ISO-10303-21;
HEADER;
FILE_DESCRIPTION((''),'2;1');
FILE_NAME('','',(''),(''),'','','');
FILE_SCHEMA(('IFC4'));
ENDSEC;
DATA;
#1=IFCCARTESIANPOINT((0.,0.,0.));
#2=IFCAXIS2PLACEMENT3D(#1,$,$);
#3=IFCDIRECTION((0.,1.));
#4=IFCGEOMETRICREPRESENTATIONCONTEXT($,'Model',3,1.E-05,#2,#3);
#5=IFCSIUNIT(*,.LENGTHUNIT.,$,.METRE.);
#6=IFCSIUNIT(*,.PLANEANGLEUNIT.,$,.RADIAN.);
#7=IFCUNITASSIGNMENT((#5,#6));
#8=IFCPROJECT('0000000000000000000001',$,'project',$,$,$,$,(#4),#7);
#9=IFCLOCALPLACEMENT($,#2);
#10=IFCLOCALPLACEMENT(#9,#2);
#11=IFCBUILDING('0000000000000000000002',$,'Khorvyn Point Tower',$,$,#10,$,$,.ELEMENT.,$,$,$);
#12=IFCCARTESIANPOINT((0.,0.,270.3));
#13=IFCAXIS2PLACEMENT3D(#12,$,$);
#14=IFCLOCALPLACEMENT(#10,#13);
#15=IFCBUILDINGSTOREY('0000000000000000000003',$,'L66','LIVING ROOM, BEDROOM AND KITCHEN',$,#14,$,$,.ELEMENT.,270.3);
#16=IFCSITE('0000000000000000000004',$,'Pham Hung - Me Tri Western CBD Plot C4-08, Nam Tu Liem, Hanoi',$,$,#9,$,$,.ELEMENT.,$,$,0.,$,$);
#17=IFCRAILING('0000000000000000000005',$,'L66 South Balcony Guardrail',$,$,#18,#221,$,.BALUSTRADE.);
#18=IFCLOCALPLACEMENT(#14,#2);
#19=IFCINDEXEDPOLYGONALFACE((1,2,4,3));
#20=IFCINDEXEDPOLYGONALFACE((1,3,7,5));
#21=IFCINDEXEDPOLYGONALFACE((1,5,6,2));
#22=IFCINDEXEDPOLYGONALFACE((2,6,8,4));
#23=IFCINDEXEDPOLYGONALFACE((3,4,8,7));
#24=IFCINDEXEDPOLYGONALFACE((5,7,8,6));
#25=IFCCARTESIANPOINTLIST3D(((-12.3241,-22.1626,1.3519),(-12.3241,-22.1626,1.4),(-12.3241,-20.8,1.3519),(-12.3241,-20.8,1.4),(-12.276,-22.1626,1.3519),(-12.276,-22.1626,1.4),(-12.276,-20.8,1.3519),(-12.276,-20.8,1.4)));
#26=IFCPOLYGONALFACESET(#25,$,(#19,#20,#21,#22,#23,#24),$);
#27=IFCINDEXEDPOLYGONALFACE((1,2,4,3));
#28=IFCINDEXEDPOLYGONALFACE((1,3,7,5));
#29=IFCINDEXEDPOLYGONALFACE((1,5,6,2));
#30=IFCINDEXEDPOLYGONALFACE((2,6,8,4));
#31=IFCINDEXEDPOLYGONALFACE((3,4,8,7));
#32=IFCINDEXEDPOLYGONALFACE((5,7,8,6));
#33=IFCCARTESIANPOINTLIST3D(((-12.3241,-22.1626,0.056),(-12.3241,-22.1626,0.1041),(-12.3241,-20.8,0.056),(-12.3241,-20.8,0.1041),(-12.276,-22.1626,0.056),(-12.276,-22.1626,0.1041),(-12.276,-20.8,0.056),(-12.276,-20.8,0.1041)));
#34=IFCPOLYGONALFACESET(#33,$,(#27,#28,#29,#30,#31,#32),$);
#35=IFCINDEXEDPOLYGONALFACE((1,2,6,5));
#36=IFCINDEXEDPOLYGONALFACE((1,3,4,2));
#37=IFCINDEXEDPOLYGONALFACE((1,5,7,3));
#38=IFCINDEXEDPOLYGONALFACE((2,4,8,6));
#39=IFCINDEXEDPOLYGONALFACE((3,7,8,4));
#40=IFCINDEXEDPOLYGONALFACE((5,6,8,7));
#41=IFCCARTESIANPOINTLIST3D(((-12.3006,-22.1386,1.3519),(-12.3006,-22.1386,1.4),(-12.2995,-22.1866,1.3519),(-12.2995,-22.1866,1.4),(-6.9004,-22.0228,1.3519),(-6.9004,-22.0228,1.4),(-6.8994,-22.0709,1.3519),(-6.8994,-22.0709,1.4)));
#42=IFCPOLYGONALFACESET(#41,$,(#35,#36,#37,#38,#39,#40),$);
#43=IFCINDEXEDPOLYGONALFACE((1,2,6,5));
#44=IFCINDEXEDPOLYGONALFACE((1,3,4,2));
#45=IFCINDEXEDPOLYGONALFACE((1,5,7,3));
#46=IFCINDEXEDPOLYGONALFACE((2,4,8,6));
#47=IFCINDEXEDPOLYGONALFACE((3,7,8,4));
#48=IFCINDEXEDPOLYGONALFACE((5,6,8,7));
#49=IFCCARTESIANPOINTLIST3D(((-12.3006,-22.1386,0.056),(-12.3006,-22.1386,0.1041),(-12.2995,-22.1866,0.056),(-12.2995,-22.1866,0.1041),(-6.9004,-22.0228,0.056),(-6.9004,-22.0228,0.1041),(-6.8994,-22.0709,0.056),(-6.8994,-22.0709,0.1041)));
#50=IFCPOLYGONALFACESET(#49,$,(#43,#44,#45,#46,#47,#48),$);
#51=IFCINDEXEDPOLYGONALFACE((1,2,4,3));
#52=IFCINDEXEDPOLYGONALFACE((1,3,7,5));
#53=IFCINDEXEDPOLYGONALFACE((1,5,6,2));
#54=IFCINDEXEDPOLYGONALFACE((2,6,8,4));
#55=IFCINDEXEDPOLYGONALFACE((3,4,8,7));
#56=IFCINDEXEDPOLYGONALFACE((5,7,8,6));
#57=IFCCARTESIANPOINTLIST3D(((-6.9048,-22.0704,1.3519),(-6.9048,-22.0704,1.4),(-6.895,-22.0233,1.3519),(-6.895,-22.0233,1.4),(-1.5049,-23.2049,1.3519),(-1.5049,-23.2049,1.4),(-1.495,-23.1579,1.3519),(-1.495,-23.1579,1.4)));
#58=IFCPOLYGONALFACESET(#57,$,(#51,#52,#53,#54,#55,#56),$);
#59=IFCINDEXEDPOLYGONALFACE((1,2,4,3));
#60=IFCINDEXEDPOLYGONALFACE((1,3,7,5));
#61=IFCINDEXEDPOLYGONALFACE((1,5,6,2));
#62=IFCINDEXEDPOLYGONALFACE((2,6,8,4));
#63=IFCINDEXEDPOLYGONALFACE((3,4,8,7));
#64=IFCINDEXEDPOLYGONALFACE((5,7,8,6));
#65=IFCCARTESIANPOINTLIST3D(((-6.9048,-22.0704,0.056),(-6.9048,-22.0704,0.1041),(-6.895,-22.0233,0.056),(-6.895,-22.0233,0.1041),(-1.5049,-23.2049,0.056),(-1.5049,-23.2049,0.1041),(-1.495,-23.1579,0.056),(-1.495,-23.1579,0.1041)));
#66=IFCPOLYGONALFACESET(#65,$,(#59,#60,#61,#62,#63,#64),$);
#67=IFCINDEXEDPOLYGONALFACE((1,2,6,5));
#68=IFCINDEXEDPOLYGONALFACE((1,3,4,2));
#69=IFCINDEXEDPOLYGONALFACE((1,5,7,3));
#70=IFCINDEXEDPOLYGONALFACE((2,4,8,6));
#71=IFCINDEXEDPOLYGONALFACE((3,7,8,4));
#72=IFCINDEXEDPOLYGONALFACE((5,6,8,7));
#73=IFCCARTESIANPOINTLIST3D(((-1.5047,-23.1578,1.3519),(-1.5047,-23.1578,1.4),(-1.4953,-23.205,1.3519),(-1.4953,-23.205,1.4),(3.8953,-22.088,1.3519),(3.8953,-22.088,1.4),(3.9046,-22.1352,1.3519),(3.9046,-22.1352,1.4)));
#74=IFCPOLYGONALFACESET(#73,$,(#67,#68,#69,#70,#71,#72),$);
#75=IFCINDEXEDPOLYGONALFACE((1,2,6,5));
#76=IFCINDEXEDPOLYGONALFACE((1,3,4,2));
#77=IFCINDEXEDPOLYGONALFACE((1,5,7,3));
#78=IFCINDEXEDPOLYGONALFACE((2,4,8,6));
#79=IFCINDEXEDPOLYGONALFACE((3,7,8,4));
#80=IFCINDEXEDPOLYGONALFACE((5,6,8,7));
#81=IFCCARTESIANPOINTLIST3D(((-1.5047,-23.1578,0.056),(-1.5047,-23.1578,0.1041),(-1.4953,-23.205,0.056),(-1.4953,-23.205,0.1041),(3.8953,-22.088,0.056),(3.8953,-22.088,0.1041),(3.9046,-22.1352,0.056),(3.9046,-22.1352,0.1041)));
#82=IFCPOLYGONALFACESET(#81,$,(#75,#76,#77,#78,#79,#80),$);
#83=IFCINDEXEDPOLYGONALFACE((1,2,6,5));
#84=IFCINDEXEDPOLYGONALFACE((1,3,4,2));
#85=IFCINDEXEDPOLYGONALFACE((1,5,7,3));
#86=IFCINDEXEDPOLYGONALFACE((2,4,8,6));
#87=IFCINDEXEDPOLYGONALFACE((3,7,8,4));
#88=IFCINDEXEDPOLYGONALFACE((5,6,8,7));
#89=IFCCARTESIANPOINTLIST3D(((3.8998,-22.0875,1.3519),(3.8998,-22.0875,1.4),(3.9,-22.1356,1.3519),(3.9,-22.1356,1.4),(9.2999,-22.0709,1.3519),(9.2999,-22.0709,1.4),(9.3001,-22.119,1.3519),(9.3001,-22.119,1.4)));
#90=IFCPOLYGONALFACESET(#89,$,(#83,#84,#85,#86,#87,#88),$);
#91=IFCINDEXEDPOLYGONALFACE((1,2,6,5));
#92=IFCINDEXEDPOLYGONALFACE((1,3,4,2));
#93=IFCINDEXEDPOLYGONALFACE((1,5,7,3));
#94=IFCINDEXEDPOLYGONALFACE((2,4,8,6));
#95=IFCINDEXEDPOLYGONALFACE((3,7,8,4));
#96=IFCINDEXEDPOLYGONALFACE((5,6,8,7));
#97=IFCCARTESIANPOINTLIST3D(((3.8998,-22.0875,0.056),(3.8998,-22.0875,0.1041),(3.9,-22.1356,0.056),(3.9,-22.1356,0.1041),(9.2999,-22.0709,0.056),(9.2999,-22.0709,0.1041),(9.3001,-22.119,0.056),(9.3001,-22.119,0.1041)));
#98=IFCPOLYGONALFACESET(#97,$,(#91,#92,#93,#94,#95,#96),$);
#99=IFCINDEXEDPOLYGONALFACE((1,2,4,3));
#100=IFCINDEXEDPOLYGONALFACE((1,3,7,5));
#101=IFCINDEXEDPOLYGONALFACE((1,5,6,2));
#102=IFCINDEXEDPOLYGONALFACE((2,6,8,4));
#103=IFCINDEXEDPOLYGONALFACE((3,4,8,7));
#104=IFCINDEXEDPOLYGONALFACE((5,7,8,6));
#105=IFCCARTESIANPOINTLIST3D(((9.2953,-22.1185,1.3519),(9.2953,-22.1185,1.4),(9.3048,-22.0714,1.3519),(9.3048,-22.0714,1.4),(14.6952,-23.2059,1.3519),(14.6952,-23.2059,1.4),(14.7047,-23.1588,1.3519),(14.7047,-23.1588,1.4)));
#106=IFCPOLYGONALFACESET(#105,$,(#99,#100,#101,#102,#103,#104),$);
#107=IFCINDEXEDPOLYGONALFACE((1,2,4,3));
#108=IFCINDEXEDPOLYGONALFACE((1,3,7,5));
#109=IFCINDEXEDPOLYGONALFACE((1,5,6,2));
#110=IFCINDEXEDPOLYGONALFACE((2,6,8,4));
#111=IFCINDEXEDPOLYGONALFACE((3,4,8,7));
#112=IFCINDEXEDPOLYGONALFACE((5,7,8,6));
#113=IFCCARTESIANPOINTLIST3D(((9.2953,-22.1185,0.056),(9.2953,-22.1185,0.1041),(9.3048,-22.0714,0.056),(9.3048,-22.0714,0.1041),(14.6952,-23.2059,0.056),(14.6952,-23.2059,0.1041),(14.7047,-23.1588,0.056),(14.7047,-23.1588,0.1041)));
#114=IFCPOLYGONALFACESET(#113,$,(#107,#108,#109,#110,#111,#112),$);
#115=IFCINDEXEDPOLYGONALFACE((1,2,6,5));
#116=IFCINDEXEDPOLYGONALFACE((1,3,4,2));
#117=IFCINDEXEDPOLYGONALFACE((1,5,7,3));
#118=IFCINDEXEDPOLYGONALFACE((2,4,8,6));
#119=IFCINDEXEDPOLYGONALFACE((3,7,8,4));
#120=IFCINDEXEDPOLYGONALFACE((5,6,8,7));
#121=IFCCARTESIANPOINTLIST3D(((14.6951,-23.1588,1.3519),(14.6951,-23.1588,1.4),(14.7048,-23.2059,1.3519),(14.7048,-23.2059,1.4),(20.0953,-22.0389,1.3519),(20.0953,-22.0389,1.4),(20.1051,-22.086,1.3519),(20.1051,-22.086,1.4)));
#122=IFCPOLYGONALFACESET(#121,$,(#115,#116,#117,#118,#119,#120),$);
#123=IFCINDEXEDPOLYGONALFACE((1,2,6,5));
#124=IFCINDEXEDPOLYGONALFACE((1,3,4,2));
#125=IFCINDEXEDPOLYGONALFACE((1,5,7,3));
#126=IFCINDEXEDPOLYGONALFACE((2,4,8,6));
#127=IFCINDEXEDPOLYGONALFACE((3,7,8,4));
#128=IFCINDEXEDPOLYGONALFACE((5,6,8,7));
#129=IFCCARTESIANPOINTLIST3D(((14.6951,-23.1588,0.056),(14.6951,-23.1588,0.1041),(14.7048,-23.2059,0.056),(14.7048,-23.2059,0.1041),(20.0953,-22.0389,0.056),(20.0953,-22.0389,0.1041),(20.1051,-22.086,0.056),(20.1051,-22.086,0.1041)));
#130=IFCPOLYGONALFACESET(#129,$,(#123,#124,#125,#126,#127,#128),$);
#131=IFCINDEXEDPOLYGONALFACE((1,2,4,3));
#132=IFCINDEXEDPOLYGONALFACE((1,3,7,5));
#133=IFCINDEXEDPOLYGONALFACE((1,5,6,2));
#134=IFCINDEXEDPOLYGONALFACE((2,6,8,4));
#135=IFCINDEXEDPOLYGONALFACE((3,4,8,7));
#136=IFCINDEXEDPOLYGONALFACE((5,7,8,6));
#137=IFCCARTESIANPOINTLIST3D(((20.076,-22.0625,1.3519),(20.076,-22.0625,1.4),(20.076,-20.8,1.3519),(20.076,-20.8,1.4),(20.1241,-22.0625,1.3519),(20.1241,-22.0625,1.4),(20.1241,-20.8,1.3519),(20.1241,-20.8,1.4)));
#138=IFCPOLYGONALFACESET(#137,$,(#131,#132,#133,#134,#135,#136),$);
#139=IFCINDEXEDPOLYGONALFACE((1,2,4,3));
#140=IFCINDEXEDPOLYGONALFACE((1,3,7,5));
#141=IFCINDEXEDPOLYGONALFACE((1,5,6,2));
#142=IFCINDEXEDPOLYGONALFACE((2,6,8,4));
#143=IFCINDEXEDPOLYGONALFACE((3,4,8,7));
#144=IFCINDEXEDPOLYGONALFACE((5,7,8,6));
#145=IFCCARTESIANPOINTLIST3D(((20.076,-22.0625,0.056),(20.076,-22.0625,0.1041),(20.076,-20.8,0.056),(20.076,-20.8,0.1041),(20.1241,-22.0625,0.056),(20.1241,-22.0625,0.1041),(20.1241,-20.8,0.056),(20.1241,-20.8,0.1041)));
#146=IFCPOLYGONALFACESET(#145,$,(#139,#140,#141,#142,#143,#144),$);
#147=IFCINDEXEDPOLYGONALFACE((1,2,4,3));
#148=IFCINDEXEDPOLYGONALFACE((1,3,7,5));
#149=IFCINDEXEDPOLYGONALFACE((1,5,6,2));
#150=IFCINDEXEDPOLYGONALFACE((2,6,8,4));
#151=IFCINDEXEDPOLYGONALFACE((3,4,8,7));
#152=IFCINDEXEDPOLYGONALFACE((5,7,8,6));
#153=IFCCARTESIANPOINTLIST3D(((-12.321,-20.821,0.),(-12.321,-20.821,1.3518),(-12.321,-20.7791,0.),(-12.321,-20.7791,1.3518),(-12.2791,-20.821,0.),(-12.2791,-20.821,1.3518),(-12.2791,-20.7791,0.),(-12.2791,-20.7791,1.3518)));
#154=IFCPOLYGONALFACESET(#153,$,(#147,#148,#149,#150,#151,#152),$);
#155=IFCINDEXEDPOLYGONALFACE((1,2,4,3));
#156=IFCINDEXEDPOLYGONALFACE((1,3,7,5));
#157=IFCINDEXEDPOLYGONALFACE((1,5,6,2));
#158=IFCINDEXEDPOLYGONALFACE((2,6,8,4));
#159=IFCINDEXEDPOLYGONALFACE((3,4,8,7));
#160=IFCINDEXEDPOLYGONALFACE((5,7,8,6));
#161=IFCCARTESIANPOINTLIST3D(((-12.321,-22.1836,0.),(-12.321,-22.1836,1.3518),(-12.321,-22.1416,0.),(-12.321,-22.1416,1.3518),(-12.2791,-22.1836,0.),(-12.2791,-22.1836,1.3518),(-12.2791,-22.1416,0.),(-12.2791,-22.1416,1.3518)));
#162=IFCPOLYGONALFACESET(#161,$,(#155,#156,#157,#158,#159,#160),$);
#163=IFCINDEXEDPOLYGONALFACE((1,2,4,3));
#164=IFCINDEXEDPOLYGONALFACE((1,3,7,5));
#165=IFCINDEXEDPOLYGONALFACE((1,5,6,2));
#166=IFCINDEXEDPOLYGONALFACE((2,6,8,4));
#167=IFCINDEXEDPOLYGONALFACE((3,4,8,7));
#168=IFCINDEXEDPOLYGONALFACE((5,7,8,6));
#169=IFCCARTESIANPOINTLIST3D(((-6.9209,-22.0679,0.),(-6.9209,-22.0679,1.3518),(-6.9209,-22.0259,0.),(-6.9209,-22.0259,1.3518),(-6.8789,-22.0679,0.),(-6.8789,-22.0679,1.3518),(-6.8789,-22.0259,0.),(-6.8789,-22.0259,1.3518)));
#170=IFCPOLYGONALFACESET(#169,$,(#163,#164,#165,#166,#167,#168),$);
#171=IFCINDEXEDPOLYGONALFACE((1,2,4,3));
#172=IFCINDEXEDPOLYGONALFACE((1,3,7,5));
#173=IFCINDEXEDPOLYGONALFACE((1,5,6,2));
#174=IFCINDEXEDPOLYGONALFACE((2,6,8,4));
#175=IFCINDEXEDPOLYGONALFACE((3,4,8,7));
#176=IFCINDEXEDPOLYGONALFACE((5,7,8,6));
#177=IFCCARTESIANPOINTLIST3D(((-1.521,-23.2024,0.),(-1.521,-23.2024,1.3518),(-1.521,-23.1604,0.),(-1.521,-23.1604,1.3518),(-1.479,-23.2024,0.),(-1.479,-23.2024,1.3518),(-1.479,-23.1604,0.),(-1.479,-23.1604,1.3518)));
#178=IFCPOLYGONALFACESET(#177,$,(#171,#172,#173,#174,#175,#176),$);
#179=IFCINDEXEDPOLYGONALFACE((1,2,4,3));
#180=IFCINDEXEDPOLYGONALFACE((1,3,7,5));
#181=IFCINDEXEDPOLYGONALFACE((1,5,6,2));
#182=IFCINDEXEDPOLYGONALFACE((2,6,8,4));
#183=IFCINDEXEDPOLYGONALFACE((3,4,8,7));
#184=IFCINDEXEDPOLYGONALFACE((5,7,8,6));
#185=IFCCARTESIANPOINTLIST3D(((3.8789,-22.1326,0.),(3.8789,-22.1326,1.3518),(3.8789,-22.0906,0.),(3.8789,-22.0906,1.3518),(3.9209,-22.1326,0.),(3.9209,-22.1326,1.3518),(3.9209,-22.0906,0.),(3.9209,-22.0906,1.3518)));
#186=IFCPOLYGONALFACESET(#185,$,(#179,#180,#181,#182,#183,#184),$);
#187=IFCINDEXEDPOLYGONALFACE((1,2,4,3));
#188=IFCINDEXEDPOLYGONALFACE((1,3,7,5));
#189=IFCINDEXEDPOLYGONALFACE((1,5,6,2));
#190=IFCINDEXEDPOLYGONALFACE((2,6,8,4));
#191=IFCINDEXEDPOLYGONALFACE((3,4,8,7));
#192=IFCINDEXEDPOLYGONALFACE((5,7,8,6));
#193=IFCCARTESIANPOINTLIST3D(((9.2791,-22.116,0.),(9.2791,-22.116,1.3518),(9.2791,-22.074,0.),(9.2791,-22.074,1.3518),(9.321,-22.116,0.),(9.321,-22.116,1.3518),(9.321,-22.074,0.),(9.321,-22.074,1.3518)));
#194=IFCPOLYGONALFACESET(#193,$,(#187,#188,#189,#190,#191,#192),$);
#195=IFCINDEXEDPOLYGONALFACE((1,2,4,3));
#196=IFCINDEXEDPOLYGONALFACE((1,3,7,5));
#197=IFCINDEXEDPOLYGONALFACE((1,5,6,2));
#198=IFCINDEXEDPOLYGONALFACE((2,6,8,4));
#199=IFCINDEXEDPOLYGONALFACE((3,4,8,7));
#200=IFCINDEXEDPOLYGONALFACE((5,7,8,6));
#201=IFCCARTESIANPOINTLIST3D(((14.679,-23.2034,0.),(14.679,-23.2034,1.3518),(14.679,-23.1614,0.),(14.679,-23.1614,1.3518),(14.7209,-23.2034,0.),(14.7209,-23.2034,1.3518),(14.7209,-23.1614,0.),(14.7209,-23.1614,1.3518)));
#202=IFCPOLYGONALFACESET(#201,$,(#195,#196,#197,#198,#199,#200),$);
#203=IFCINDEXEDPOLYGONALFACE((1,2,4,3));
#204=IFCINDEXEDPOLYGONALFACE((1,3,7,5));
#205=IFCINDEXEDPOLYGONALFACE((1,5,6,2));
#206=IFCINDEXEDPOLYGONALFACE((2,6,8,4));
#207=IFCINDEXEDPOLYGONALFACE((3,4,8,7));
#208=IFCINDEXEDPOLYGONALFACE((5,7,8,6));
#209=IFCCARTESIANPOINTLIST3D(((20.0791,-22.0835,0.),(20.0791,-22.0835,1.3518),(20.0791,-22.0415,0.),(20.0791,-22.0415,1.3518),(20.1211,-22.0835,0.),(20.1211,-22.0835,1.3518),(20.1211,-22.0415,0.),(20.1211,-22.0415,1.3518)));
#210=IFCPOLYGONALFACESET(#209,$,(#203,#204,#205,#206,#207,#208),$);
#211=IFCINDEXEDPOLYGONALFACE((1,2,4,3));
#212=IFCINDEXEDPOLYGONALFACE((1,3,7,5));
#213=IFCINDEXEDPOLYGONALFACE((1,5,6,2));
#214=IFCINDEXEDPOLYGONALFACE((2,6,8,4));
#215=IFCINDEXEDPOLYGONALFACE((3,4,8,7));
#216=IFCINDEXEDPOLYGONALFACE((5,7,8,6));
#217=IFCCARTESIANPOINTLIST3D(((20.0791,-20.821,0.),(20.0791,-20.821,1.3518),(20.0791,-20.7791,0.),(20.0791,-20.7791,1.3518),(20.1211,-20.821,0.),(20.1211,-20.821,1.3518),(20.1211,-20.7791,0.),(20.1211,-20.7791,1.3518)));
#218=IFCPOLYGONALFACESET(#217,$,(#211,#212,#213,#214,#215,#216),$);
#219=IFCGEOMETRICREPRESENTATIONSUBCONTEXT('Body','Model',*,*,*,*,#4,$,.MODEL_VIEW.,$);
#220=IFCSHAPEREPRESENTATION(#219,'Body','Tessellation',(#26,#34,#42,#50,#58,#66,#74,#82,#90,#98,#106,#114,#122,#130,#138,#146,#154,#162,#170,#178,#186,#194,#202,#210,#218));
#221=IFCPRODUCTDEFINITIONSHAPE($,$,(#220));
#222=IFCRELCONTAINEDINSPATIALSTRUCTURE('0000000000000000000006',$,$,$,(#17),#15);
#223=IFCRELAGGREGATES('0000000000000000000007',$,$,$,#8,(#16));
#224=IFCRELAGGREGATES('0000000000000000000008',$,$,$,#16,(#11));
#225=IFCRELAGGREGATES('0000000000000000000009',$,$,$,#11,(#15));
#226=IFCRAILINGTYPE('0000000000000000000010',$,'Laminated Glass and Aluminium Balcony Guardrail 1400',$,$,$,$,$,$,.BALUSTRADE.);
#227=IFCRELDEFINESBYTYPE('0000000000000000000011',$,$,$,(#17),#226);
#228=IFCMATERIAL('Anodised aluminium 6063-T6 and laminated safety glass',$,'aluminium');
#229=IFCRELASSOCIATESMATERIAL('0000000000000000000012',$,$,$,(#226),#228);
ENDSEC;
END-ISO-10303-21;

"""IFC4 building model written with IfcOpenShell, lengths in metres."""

from ifc_helpers import new_model, si_unit, direction, frame, origin, origin_2d, place, context, subcontext, project, spatial, rectangle, extrude, material, type_object, element, save


model = new_model("IFC4")

# Units and contexts
model_context = context("Model", 3, precision=1e-05, world=origin(), true_north=direction((0.0, 1.0)))
body_context = subcontext(model_context, "Body", "Model", "MODEL_VIEW")
ifc_project = project(units=[si_unit("LENGTHUNIT", "METRE"), si_unit("PLANEANGLEUNIT", "RADIAN")], contexts=[model_context])

# Site, building, storey
site_placement = place(None, origin())
site = spatial("IfcSite", under=ifc_project, at=site_placement, Name="Pham Hung - Me Tri Western CBD Plot C4-08, Nam Tu Liem, Hanoi", CompositionType="ELEMENT", RefElevation=0.0)
building_placement = place(site_placement, origin())
building = spatial("IfcBuilding", under=site, at=building_placement, Name="Khorvyn Point Tower", CompositionType="ELEMENT")
storey_placement = place(building_placement, frame((0.0, 0.0, 270.3)))
storey = spatial("IfcBuildingStorey", under=building, at=storey_placement, Name="L66", Description="LIVING ROOM, BEDROOM AND KITCHEN", CompositionType="ELEMENT", Elevation=270.3)

# Railing
ifc_material_1 = material(Name="Anodised aluminium 6063-T6 and laminated safety glass", Category="aluminium")
railing_type = type_object("IfcRailingType", Name="Laminated Glass and Aluminium Balcony Guardrail 1400", PredefinedType="BALUSTRADE", material=ifc_material_1)
railing_placement = place(storey_placement, frame((-12.3, -20.8, 0.0)))
element("IfcRailing", 1, at=railing_placement, inside=storey, type_object=railing_type, Name="L66 South Balcony Guardrail", PredefinedType="BALUSTRADE", context=body_context, shape_type="SweptSolid", body=[
    extrude(rectangle(XDim=0.0481, YDim=0.0481, at=origin_2d()), frame((0.0, 0.0, 1.376), z_axis=(0.0, -1.0, 0.0), x_axis=(1.0, 0.0, 0.0)), (0.0, 0.0, 1.0), 1.3625),
    extrude(rectangle(XDim=0.0481, YDim=0.0481, at=origin_2d()), frame((0.0, 0.0, 0.0801), z_axis=(0.0, -1.0, 0.0), x_axis=(1.0, 0.0, 0.0)), (0.0, 0.0, 1.0), 1.3625),
    extrude(rectangle(XDim=0.0481, YDim=0.0481, at=origin_2d()), frame((0.0, -1.3625, 1.376), z_axis=(0.99977, 0.021425, 0.0), x_axis=(-0.021425, 0.99977, 0.0)), (0.0, 0.0, 1.0), 5.4014),
    extrude(rectangle(XDim=0.0481, YDim=0.0481, at=origin_2d()), frame((0.0, -1.3625, 0.0801), z_axis=(0.99977, 0.021425, 0.0), x_axis=(-0.021425, 0.99977, 0.0)), (0.0, 0.0, 1.0), 5.4014),
    extrude(rectangle(XDim=0.0481, YDim=0.0481, at=origin_2d()), frame((5.4001, -1.2468, 1.376), z_axis=(0.978634, -0.205611, 0.0), x_axis=(0.205611, 0.978634, 0.0)), (0.0, 0.0, 1.0), 5.5178),
    extrude(rectangle(XDim=0.0481, YDim=0.0481, at=origin_2d()), frame((5.4001, -1.2468, 0.0801), z_axis=(0.978634, -0.205611, 0.0), x_axis=(0.205611, 0.978634, 0.0)), (0.0, 0.0, 1.0), 5.5178),
    extrude(rectangle(XDim=0.0481, YDim=0.0481, at=origin_2d()), frame((10.8, -2.3813, 1.376), z_axis=(0.980934, 0.194342, 0.0), x_axis=(-0.194342, 0.980934, 0.0)), (0.0, 0.0, 1.0), 5.5049),
    extrude(rectangle(XDim=0.0481, YDim=0.0481, at=origin_2d()), frame((10.8, -2.3813, 0.0801), z_axis=(0.980934, 0.194342, 0.0), x_axis=(-0.194342, 0.980934, 0.0)), (0.0, 0.0, 1.0), 5.5049),
    extrude(rectangle(XDim=0.0481, YDim=0.0481, at=origin_2d()), frame((16.2, -1.3115, 1.376), z_axis=(0.999995, 0.003074, 0.0), x_axis=(-0.003074, 0.999995, 0.0)), (0.0, 0.0, 1.0), 5.4001),
    extrude(rectangle(XDim=0.0481, YDim=0.0481, at=origin_2d()), frame((16.2, -1.3115, 0.0801), z_axis=(0.999995, 0.003074, 0.0), x_axis=(-0.003074, 0.999995, 0.0)), (0.0, 0.0, 1.0), 5.4001),
    extrude(rectangle(XDim=0.0481, YDim=0.0481, at=origin_2d()), frame((21.6001, -1.2949, 1.376), z_axis=(0.980321, -0.197412, 0.0), x_axis=(0.197412, 0.980321, 0.0)), (0.0, 0.0, 1.0), 5.5083),
    extrude(rectangle(XDim=0.0481, YDim=0.0481, at=origin_2d()), frame((21.6001, -1.2949, 0.0801), z_axis=(0.980321, -0.197412, 0.0), x_axis=(0.197412, 0.980321, 0.0)), (0.0, 0.0, 1.0), 5.5083),
    extrude(rectangle(XDim=0.0481, YDim=0.0481, at=origin_2d()), frame((27.0, -2.3823, 1.376), z_axis=(0.979167, 0.203058, 0.0), x_axis=(-0.203058, 0.979167, 0.0)), (0.0, 0.0, 1.0), 5.5151),
    extrude(rectangle(XDim=0.0481, YDim=0.0481, at=origin_2d()), frame((27.0, -2.3823, 0.0801), z_axis=(0.979167, 0.203058, 0.0), x_axis=(-0.203058, 0.979167, 0.0)), (0.0, 0.0, 1.0), 5.5151),
    extrude(rectangle(XDim=0.0481, YDim=0.0481, at=origin_2d()), frame((32.4001, -1.2625, 1.376), z_axis=(0.0, 1.0, 0.0), x_axis=(-1.0, 0.0, 0.0)), (0.0, 0.0, 1.0), 1.2625),
    extrude(rectangle(XDim=0.0481, YDim=0.0481, at=origin_2d()), frame((32.4001, -1.2625, 0.0801), z_axis=(0.0, 1.0, 0.0), x_axis=(-1.0, 0.0, 0.0)), (0.0, 0.0, 1.0), 1.2625),
    extrude(rectangle(XDim=0.042, YDim=0.042, at=origin_2d()), origin(), (0.0, 0.0, 1.0), 1.3518),
    extrude(rectangle(XDim=0.042, YDim=0.042, at=origin_2d()), frame((0.0, -1.3625, 0.0)), (0.0, 0.0, 1.0), 1.3518),
    extrude(rectangle(XDim=0.042, YDim=0.042, at=origin_2d()), frame((5.4001, -1.2468, 0.0)), (0.0, 0.0, 1.0), 1.3518),
    extrude(rectangle(XDim=0.042, YDim=0.042, at=origin_2d()), frame((10.8, -2.3813, 0.0)), (0.0, 0.0, 1.0), 1.3518),
    extrude(rectangle(XDim=0.042, YDim=0.042, at=origin_2d()), frame((16.2, -1.3115, 0.0)), (0.0, 0.0, 1.0), 1.3518),
    extrude(rectangle(XDim=0.042, YDim=0.042, at=origin_2d()), frame((21.6001, -1.2949, 0.0)), (0.0, 0.0, 1.0), 1.3518),
    extrude(rectangle(XDim=0.042, YDim=0.042, at=origin_2d()), frame((27.0, -2.3823, 0.0)), (0.0, 0.0, 1.0), 1.3518),
    extrude(rectangle(XDim=0.042, YDim=0.042, at=origin_2d()), frame((32.4001, -1.2625, 0.0)), (0.0, 0.0, 1.0), 1.3518),
    extrude(rectangle(XDim=0.042, YDim=0.042, at=origin_2d()), frame((32.4001, 0.0, 0.0)), (0.0, 0.0, 1.0), 1.3518),
])

save(model, "model.ifc")
